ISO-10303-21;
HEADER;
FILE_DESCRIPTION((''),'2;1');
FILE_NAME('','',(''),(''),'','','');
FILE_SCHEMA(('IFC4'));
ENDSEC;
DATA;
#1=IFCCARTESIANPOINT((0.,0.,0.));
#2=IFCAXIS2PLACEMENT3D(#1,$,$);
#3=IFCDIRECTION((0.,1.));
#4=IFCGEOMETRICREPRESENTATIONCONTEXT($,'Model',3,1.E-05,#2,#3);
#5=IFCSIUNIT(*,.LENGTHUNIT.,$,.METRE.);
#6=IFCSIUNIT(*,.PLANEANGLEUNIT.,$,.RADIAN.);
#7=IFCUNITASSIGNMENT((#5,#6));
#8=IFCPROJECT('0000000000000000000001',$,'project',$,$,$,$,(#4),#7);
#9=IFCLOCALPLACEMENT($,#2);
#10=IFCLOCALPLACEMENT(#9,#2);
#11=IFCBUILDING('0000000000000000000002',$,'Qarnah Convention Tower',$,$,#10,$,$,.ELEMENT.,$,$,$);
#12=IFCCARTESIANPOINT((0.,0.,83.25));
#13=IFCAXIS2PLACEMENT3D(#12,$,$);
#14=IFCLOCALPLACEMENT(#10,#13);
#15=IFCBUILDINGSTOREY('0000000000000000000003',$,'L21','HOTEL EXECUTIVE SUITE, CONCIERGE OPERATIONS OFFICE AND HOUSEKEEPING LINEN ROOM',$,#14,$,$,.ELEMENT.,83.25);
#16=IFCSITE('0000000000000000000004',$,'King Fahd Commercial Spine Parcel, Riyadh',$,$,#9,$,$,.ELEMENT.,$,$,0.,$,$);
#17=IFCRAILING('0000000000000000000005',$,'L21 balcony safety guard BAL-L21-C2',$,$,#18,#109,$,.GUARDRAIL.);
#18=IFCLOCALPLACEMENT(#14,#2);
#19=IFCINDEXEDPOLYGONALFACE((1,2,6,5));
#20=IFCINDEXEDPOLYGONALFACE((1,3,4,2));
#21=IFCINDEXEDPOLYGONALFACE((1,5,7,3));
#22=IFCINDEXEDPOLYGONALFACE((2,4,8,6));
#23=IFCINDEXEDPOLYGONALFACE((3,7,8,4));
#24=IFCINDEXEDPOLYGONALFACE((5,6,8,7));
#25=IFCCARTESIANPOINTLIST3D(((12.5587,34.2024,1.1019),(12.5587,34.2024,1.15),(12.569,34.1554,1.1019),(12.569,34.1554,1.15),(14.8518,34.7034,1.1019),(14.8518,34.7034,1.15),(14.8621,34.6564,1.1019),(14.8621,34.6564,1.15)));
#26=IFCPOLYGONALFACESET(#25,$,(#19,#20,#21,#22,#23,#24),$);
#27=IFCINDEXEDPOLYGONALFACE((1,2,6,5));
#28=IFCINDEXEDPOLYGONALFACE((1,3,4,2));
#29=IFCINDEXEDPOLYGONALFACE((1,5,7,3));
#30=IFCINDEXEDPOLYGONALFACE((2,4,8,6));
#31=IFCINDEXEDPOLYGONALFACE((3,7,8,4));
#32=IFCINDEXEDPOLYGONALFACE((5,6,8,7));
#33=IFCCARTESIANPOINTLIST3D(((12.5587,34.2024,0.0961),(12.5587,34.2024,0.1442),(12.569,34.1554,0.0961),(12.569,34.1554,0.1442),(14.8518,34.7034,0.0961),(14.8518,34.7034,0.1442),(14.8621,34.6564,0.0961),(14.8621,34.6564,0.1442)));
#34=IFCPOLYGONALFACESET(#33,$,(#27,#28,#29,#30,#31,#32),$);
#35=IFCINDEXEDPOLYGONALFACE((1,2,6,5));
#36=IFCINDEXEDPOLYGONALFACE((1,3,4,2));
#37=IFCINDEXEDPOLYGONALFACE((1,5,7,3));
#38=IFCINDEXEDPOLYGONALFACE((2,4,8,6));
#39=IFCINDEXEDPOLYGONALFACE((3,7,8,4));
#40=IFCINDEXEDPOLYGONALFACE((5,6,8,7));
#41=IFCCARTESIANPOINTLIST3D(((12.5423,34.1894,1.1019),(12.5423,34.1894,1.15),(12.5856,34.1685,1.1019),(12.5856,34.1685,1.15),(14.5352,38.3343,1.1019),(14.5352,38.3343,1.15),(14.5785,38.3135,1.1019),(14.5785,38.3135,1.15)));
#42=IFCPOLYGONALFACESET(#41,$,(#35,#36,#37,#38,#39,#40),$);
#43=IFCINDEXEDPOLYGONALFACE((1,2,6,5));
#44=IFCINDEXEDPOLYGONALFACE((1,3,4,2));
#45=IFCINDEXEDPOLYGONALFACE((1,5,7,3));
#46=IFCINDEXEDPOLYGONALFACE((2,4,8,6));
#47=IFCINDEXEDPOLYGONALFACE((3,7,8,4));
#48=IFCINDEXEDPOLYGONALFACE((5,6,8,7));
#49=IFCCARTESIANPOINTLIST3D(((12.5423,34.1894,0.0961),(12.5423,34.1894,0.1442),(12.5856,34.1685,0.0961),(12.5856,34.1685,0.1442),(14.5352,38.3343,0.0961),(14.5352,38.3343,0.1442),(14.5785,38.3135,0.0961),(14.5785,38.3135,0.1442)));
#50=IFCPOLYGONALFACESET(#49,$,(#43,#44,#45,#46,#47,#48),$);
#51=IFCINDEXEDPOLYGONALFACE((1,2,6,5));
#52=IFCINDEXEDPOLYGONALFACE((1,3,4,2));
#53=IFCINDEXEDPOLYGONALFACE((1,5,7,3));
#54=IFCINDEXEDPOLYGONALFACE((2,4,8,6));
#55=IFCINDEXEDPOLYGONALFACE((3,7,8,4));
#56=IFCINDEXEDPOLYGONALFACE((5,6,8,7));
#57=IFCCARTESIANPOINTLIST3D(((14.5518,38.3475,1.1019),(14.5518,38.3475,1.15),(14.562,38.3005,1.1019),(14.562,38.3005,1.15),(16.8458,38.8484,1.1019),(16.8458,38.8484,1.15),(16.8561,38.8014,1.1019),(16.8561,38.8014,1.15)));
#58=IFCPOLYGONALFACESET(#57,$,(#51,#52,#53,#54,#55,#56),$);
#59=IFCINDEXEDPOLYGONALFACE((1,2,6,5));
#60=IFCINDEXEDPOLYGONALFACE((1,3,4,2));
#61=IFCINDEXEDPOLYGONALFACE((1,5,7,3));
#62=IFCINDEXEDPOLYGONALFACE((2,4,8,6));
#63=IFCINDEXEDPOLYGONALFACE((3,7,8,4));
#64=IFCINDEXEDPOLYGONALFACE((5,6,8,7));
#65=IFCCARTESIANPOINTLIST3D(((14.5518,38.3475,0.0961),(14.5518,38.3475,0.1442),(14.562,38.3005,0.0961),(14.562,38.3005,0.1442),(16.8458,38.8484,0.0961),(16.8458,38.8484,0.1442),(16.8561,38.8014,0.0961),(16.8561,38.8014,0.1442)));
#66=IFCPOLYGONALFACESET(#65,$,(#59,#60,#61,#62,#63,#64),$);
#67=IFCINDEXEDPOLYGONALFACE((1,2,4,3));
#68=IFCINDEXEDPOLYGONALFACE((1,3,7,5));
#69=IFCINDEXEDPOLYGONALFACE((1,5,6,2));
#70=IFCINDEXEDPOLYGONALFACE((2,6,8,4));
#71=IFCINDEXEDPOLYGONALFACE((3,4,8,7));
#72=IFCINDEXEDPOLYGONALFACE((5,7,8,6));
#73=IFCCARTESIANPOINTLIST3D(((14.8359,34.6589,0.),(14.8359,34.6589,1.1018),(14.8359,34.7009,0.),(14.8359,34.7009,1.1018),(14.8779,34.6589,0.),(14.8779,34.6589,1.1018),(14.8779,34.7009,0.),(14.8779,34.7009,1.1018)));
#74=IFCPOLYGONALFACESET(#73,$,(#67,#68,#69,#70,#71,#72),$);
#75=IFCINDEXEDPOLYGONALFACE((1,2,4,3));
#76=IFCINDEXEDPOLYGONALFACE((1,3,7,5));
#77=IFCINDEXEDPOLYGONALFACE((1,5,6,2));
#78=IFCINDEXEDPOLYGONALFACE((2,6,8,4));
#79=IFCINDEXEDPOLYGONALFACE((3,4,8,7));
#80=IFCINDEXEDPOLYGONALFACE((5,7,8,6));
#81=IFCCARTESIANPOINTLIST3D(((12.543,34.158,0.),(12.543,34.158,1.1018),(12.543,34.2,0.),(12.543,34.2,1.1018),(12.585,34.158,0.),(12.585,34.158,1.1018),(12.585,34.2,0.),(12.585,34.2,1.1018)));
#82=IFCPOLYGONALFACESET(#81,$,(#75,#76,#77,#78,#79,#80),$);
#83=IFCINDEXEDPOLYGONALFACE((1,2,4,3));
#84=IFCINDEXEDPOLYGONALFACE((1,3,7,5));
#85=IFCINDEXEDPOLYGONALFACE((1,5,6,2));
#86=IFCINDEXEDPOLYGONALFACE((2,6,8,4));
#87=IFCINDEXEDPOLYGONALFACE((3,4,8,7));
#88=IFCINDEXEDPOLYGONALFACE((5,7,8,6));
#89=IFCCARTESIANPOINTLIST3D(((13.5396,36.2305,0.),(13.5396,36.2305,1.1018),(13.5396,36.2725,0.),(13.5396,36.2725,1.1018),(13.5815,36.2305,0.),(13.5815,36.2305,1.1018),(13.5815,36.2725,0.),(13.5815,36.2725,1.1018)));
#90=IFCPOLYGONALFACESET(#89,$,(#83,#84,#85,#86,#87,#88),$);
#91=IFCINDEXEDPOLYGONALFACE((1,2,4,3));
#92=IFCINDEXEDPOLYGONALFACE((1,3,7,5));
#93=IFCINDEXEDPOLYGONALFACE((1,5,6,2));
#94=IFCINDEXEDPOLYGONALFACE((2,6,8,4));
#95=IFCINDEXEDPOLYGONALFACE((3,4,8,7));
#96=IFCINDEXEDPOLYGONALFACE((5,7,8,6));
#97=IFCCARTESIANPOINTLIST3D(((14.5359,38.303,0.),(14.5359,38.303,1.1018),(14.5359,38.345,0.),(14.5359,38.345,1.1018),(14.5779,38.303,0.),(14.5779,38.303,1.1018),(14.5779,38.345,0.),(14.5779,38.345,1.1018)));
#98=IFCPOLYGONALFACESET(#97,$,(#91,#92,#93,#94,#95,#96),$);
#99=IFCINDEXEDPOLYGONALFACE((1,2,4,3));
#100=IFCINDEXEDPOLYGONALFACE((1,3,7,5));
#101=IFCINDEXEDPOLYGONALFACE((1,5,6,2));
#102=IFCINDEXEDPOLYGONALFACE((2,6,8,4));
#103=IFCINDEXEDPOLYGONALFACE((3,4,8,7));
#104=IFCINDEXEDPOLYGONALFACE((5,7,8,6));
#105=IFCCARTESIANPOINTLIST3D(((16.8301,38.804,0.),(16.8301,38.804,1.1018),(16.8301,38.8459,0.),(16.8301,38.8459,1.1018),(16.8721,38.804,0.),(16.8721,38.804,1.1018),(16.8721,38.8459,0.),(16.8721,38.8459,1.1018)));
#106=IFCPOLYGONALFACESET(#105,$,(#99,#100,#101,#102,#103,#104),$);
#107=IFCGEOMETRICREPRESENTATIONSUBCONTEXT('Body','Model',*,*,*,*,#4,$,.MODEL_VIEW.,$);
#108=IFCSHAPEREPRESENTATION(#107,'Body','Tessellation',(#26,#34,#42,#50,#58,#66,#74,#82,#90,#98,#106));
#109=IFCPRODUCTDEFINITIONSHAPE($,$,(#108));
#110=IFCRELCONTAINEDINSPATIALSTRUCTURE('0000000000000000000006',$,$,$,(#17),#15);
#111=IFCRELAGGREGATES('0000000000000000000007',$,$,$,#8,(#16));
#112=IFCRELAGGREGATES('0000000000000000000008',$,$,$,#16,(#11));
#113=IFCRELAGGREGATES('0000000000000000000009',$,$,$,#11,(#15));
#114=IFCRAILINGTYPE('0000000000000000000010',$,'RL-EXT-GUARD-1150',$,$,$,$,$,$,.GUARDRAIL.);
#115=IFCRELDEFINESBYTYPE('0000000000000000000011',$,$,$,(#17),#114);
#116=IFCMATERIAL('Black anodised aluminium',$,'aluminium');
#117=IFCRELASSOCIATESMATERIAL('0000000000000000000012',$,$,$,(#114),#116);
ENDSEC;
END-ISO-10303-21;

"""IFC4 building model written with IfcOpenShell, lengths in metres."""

from ifc_helpers import new_model, si_unit, direction, frame, origin, origin_2d, place, context, subcontext, project, spatial, rectangle, extrude, material, type_object, element, save


model = new_model("IFC4")

# Units and contexts
model_context = context("Model", 3, precision=1e-05, world=origin(), true_north=direction((0.0, 1.0)))
body_context = subcontext(model_context, "Body", "Model", "MODEL_VIEW")
ifc_project = project(units=[si_unit("LENGTHUNIT", "METRE"), si_unit("PLANEANGLEUNIT", "RADIAN")], contexts=[model_context])

# Site, building, storey
site_placement = place(None, origin())
site = spatial("IfcSite", under=ifc_project, at=site_placement, Name="King Fahd Commercial Spine Parcel, Riyadh", CompositionType="ELEMENT", RefElevation=0.0)
building_placement = place(site_placement, origin())
building = spatial("IfcBuilding", under=site, at=building_placement, Name="Qarnah Convention Tower", CompositionType="ELEMENT")
storey_placement = place(building_placement, frame((0.0, 0.0, 83.25)))
storey = spatial("IfcBuildingStorey", under=building, at=storey_placement, Name="L21", Description="HOTEL EXECUTIVE SUITE, CONCIERGE OPERATIONS OFFICE AND HOUSEKEEPING LINEN ROOM", CompositionType="ELEMENT", Elevation=83.25)

# Shared definitions
ifc_material_1 = material(Name="Black anodised aluminium", Category="aluminium")

# Railing
railing_type = type_object("IfcRailingType", Name="RL-EXT-GUARD-1150", PredefinedType="GUARDRAIL", material=ifc_material_1)
railing_1_placement = place(storey_placement, frame((14.8569, 34.6799, 0.0)))
element("IfcRailing", 1, at=railing_1_placement, inside=storey, type_object=railing_type, Name="L21 balcony safety guard BAL-L21-C2", PredefinedType="GUARDRAIL", context=body_context, shape_type="SweptSolid", body=[
    extrude(rectangle(XDim=0.0481, YDim=0.0481, at=origin_2d()), frame((0.0, 0.0, 1.126), z_axis=(-0.976954, -0.213449, 0.0), x_axis=(0.213449, -0.976954, 0.0)), (0.0, 0.0, 1.0), 2.3472),
    extrude(rectangle(XDim=0.0481, YDim=0.0481, at=origin_2d()), frame((0.0, 0.0, 0.1201), z_axis=(-0.976954, -0.213449, 0.0), x_axis=(0.213449, -0.976954, 0.0)), (0.0, 0.0, 1.0), 2.3472),
    extrude(rectangle(XDim=0.0481, YDim=0.0481, at=origin_2d()), frame((-2.293, -0.501, 1.126), z_axis=(0.433316, 0.901242, 0.0), x_axis=(-0.901242, 0.433316, 0.0)), (0.0, 0.0, 1.0), 4.5991),
    extrude(rectangle(XDim=0.0481, YDim=0.0481, at=origin_2d()), frame((-2.293, -0.501, 0.1201), z_axis=(0.433316, 0.901242, 0.0), x_axis=(-0.901242, 0.433316, 0.0)), (0.0, 0.0, 1.0), 4.5991),
    extrude(rectangle(XDim=0.0481, YDim=0.0481, at=origin_2d()), frame((-0.3, 3.644, 1.126), z_axis=(0.976978, 0.21334, 0.0), x_axis=(-0.21334, 0.976978, 0.0)), (0.0, 0.0, 1.0), 2.3481),
    extrude(rectangle(XDim=0.0481, YDim=0.0481, at=origin_2d()), frame((-0.3, 3.644, 0.1201), z_axis=(0.976978, 0.21334, 0.0), x_axis=(-0.21334, 0.976978, 0.0)), (0.0, 0.0, 1.0), 2.3481),
    extrude(rectangle(XDim=0.042, YDim=0.042, at=origin_2d()), origin(), (0.0, 0.0, 1.0), 1.1018),
    extrude(rectangle(XDim=0.042, YDim=0.042, at=origin_2d()), frame((-2.293, -0.501, 0.0)), (0.0, 0.0, 1.0), 1.1018),
    extrude(rectangle(XDim=0.042, YDim=0.042, at=origin_2d()), frame((-1.2964, 1.5715, 0.0)), (0.0, 0.0, 1.0), 1.1018),
    extrude(rectangle(XDim=0.042, YDim=0.042, at=origin_2d()), frame((-0.3, 3.644, 0.0)), (0.0, 0.0, 1.0), 1.1018),
    extrude(rectangle(XDim=0.042, YDim=0.042, at=origin_2d()), frame((1.9941, 4.145, 0.0)), (0.0, 0.0, 1.0), 1.1018),
])

save(model, "model.ifc")
